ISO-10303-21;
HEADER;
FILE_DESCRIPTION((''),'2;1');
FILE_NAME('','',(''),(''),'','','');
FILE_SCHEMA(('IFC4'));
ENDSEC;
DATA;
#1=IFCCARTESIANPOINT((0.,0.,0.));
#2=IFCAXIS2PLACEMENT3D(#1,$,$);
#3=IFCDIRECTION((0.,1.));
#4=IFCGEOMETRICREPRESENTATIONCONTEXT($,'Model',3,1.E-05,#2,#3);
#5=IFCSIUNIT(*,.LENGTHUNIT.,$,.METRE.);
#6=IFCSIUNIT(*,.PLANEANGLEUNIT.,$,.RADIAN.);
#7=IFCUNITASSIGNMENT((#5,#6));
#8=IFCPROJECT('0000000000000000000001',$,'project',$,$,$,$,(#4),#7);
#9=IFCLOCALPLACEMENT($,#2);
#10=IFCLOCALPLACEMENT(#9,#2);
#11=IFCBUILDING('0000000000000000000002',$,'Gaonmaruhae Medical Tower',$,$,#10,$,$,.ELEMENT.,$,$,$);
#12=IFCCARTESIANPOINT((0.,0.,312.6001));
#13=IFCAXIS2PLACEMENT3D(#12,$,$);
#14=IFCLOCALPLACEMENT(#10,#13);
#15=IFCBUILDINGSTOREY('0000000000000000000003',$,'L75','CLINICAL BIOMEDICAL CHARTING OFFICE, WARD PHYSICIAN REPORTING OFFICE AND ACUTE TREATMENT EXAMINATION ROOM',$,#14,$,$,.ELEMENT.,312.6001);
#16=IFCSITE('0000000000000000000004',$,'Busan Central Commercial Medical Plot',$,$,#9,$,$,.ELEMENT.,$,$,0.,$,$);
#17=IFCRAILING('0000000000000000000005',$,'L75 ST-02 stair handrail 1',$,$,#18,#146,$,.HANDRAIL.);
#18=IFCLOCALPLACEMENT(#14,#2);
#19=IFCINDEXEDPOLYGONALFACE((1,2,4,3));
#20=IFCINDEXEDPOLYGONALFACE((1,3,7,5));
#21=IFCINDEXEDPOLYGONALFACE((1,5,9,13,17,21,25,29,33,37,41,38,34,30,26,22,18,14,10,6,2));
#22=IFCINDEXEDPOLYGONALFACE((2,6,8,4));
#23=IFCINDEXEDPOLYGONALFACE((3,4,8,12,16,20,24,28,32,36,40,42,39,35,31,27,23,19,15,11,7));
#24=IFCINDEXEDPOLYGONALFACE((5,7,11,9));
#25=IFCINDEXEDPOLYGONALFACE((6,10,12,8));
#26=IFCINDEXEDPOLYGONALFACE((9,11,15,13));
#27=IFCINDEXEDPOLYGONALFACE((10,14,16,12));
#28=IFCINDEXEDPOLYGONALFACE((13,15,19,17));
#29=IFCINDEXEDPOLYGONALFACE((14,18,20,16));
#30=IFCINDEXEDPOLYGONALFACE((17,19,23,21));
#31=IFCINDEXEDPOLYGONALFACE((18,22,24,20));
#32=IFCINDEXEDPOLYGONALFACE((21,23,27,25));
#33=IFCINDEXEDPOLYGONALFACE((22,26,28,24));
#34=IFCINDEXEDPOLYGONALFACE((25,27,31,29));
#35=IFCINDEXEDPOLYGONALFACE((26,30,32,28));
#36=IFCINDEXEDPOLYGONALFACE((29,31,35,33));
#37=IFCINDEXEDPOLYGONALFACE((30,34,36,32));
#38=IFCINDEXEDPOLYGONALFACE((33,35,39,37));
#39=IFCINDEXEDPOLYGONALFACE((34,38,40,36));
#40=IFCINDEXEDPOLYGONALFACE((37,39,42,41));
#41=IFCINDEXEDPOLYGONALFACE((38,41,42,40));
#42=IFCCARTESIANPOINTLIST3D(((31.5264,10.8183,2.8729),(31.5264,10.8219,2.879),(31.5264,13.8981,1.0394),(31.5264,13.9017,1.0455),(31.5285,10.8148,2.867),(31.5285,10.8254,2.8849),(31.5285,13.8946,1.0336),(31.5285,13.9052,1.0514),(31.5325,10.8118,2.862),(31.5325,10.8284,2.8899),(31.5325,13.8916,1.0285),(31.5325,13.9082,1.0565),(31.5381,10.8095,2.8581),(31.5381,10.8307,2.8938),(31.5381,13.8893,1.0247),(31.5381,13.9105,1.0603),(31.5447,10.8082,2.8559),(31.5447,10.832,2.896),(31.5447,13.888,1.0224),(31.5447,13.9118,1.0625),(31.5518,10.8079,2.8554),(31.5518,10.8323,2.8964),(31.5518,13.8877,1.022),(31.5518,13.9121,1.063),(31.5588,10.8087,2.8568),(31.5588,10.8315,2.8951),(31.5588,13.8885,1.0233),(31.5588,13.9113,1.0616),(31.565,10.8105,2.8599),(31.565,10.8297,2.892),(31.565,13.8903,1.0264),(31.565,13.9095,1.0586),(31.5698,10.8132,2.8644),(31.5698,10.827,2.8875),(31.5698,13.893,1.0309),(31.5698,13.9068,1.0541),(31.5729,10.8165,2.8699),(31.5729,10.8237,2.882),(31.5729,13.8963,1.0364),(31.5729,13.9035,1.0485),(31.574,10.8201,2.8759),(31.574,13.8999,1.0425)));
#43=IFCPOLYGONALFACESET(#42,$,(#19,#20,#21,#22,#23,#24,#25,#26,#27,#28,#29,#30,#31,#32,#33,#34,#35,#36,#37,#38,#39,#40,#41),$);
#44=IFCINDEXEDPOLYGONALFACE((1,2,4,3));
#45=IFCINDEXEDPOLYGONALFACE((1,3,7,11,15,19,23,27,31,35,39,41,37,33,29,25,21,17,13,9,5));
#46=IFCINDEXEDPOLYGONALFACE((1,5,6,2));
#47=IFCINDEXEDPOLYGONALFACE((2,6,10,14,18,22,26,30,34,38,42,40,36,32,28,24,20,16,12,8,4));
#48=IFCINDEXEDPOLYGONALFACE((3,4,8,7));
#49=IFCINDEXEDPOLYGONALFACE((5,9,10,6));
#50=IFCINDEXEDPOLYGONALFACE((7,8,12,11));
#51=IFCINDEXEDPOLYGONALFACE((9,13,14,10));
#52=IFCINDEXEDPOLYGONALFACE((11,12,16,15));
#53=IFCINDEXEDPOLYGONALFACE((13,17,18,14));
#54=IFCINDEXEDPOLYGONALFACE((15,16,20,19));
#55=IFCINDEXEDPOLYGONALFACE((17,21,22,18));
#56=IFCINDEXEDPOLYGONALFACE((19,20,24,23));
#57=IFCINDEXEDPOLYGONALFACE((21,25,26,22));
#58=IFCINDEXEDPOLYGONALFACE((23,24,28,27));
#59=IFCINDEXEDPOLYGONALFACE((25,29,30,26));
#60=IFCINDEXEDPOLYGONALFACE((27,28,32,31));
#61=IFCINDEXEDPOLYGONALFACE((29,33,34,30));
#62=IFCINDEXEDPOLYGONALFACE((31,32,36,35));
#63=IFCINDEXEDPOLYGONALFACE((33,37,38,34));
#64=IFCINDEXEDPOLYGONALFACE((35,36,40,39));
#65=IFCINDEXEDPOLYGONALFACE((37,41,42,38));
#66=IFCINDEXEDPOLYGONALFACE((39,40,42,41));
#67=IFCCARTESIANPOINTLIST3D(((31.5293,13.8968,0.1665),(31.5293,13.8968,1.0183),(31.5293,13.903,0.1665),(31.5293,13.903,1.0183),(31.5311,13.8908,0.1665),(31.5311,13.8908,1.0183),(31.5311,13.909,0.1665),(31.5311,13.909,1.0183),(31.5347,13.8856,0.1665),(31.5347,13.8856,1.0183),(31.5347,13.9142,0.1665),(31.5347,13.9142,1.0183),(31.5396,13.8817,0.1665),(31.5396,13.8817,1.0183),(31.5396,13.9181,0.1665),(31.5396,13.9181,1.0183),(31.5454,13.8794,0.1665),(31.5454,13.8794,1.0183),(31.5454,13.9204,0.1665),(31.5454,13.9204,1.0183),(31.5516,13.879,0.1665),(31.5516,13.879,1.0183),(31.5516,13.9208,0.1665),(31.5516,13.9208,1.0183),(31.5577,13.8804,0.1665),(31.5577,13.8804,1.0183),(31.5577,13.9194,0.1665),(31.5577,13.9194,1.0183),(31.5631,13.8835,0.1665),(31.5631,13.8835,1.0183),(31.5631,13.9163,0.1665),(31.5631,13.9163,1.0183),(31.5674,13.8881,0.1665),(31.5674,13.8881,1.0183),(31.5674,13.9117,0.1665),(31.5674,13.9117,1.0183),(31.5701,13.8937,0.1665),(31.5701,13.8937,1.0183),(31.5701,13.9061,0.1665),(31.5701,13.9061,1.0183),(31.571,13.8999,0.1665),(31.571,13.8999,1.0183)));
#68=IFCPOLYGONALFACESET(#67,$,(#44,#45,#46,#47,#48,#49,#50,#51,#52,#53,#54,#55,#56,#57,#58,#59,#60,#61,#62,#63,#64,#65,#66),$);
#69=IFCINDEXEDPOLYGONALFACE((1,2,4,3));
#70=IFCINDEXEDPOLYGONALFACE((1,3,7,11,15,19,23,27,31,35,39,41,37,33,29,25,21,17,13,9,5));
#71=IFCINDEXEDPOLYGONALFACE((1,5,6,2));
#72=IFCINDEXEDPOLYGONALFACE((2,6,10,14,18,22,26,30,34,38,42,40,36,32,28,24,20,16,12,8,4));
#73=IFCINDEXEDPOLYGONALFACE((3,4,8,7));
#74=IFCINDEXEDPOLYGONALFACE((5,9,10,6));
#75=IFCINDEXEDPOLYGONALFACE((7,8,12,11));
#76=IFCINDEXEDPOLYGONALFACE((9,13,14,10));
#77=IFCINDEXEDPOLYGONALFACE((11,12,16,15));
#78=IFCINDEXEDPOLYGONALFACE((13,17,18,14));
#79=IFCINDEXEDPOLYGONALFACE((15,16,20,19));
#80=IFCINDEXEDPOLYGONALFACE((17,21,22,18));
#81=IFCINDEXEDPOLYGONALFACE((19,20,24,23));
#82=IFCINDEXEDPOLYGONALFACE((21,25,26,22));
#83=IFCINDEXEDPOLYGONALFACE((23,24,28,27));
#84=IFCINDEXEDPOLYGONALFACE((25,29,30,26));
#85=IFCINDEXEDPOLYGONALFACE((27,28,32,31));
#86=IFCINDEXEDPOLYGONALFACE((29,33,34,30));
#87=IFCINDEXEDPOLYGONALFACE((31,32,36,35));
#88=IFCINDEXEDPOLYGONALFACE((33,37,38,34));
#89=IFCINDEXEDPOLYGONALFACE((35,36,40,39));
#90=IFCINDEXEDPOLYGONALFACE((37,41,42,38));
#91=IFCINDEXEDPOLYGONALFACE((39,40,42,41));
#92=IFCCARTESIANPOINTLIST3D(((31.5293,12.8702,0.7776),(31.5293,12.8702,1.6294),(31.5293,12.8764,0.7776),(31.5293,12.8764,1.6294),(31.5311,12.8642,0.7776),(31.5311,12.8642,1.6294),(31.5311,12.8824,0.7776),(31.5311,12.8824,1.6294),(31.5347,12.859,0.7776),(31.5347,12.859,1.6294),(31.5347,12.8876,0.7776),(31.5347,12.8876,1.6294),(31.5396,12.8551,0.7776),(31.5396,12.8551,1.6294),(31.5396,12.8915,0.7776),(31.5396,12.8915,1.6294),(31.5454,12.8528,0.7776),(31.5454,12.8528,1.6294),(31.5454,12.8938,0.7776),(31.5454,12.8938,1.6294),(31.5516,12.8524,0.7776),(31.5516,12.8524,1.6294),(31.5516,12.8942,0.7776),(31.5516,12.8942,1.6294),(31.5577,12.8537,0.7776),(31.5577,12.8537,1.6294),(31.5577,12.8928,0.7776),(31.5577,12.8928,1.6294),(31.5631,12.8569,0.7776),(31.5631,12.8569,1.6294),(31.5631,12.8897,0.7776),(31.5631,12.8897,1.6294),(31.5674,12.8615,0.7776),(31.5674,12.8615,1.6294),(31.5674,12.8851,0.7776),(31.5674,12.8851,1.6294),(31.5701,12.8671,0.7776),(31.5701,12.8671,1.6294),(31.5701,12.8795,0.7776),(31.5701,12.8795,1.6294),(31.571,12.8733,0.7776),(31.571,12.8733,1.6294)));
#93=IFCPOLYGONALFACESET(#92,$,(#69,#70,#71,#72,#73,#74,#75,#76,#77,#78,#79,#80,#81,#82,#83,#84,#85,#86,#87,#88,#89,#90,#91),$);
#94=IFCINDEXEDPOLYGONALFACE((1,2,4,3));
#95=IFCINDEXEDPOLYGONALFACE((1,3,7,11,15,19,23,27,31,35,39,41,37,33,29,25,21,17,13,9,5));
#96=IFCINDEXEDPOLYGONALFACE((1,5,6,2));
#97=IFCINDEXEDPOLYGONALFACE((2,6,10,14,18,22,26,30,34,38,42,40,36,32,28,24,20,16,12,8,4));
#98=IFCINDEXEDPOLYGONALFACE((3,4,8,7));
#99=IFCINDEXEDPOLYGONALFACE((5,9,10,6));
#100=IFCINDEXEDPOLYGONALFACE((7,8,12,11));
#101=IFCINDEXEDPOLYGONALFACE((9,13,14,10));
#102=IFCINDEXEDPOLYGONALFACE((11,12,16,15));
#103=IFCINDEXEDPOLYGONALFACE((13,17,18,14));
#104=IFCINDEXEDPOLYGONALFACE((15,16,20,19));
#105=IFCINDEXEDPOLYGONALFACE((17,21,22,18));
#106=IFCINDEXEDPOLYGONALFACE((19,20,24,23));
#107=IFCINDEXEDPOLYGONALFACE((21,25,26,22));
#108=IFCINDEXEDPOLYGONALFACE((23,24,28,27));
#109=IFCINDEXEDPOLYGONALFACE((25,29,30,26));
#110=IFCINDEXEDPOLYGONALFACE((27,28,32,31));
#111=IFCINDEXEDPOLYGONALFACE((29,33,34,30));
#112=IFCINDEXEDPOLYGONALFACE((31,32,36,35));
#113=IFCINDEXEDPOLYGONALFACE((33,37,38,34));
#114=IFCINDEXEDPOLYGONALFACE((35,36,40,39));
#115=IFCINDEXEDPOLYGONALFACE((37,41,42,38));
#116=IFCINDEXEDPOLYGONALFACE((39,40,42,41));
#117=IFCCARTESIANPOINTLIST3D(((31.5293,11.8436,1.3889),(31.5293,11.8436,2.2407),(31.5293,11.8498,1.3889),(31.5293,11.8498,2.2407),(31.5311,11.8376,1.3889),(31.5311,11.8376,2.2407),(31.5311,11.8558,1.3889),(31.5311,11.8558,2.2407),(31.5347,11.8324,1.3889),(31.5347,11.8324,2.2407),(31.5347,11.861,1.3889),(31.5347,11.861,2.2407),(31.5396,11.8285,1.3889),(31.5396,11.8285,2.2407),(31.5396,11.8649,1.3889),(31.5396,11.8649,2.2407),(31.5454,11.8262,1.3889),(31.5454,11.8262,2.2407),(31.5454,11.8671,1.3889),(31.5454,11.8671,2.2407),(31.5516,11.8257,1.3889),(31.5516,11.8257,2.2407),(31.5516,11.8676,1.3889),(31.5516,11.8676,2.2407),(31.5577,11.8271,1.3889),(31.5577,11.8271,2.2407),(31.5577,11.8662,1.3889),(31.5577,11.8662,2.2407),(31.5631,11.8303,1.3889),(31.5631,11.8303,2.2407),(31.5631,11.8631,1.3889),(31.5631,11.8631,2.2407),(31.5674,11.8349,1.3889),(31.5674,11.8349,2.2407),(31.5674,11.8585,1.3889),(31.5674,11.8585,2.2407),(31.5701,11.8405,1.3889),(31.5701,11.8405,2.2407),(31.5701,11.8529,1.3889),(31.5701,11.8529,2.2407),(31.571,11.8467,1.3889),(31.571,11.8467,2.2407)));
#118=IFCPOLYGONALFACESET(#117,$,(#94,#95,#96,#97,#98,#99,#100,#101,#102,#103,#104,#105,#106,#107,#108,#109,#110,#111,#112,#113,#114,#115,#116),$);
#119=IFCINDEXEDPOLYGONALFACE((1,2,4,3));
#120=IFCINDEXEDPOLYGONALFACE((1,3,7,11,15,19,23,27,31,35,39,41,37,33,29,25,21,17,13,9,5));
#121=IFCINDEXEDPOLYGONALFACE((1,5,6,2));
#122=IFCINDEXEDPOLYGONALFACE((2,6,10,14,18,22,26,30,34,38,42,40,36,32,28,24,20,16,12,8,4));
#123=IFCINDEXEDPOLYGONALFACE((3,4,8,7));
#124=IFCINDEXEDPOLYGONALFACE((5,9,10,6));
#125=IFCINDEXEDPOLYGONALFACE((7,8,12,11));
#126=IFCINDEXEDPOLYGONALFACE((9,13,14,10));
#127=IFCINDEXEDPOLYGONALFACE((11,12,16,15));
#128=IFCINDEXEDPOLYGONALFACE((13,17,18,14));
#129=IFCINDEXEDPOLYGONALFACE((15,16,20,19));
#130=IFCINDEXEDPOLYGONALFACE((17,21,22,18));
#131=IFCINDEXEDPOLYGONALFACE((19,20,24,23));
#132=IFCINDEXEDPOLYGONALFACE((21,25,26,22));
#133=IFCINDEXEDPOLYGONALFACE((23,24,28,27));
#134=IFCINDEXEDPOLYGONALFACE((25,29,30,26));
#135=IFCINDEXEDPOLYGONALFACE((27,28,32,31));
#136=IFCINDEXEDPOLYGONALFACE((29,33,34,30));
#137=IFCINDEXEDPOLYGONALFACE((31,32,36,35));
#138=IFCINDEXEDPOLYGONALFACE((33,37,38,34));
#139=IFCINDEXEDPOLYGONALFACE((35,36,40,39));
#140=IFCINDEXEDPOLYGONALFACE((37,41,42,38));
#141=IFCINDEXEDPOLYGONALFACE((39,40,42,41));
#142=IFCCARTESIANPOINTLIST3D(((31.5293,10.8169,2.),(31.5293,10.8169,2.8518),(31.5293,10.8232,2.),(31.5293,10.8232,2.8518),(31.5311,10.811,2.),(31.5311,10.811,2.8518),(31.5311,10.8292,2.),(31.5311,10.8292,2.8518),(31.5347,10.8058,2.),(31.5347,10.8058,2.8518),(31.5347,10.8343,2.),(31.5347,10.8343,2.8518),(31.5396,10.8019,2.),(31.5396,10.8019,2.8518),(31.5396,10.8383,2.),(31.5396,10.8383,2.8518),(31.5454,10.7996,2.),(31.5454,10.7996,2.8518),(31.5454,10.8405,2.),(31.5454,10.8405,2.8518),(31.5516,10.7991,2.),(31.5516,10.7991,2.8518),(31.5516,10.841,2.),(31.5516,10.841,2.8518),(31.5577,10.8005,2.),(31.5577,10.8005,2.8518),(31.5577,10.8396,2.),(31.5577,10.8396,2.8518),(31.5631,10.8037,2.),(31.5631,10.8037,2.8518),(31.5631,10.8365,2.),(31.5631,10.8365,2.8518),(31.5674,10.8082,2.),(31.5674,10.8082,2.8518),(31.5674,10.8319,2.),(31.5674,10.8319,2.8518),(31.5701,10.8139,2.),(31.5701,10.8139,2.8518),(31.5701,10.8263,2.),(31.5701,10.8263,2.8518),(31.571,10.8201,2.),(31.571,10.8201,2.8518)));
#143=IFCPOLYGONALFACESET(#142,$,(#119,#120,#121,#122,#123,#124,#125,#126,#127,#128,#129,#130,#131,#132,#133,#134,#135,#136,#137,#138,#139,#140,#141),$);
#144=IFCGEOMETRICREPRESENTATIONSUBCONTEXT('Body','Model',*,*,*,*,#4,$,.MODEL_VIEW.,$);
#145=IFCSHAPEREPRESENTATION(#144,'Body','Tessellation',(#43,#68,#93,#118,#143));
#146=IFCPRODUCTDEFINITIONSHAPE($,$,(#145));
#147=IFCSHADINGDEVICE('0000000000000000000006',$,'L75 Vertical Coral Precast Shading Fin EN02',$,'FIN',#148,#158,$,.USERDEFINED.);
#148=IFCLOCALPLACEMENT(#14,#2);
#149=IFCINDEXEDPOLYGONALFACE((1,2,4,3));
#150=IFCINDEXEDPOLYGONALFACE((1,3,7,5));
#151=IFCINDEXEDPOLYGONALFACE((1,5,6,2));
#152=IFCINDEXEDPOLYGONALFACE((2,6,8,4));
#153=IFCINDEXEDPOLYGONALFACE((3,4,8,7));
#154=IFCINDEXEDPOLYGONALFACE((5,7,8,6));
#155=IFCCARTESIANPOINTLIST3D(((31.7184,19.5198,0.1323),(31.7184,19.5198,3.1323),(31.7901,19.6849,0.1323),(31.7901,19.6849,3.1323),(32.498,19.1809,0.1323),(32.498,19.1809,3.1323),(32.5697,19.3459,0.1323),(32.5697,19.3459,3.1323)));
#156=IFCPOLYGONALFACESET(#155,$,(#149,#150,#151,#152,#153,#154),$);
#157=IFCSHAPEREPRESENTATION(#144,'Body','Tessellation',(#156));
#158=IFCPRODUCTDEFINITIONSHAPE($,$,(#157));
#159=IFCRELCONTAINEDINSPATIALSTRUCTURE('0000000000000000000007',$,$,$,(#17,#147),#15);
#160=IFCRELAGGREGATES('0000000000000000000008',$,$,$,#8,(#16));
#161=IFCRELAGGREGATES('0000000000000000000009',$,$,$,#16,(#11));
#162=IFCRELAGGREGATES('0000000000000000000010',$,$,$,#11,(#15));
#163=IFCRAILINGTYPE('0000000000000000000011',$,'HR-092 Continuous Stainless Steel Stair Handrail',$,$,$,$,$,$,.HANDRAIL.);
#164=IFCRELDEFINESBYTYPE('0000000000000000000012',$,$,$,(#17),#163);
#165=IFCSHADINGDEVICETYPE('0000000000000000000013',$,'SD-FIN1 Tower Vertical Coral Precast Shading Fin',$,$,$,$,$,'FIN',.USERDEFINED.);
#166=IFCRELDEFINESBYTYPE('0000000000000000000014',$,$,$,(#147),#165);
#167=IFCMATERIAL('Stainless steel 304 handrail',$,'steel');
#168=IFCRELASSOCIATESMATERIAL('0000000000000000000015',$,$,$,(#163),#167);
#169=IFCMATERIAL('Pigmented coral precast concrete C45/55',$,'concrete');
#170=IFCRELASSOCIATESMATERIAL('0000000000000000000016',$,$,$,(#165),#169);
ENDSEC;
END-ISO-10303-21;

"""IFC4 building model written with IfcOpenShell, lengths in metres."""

from ifc_helpers import new_model, si_unit, direction, frame, origin, origin_2d, place, context, subcontext, project, spatial, rectangle, circle, extrude, material, type_object, element, save


model = new_model("IFC4")

# Units and contexts
model_context = context("Model", 3, precision=1e-05, world=origin(), true_north=direction((0.0, 1.0)))
body_context = subcontext(model_context, "Body", "Model", "MODEL_VIEW")
ifc_project = project(units=[si_unit("LENGTHUNIT", "METRE"), si_unit("PLANEANGLEUNIT", "RADIAN")], contexts=[model_context])

# Site, building, storey
site_placement = place(None, origin())
site = spatial("IfcSite", under=ifc_project, at=site_placement, Name="Busan Central Commercial Medical Plot", CompositionType="ELEMENT", RefElevation=0.0)
building_placement = place(site_placement, origin())
building = spatial("IfcBuilding", under=site, at=building_placement, Name="Gaonmaruhae Medical Tower", CompositionType="ELEMENT")
storey_placement = place(building_placement, frame((0.0, 0.0, 312.6001)))
storey = spatial("IfcBuildingStorey", under=building, at=storey_placement, Name="L75", Description="CLINICAL BIOMEDICAL CHARTING OFFICE, WARD PHYSICIAN REPORTING OFFICE AND ACUTE TREATMENT EXAMINATION ROOM", CompositionType="ELEMENT", Elevation=312.6001)

# Railing
ifc_material_1 = material(Name="Stainless steel 304 handrail", Category="steel")
railing_type_1 = type_object("IfcRailingType", Name="HR-092 Continuous Stainless Steel Stair Handrail", PredefinedType="HANDRAIL", material=ifc_material_1)
railing_1_placement = place(storey_placement, frame((31.55, 13.8999, 0.1665)))
element("IfcRailing", 1, at=railing_1_placement, inside=storey, type_object=railing_type_1, Name="L75 ST-02 stair handrail 1", PredefinedType="HANDRAIL", context=body_context, shape_type="SweptSolid", body=[
    extrude(circle(Radius=0.0239, at=origin_2d()), frame((0.0, 0.0, 0.876), z_axis=(0.0, -0.859261, 0.511538), x_axis=(1.0, 0.0, 0.0)), (0.0, 0.0, 1.0), 3.5842),
    extrude(circle(Radius=0.021, at=origin_2d()), origin(), (0.0, 0.0, 1.0), 0.8518),
    extrude(circle(Radius=0.021, at=origin_2d()), frame((0.0, -1.0266, 0.6111)), (0.0, 0.0, 1.0), 0.8518),
    extrude(circle(Radius=0.021, at=origin_2d()), frame((0.0, -2.0532, 1.2224)), (0.0, 0.0, 1.0), 0.8518),
    extrude(circle(Radius=0.021, at=origin_2d()), frame((0.0, -3.0798, 1.8335)), (0.0, 0.0, 1.0), 0.8518),
])

# Shading device
ifc_material_2 = material(Name="Pigmented coral precast concrete C45/55", Category="concrete")
shading_device_type = type_object("IfcShadingDeviceType", Name="SD-FIN1 Tower Vertical Coral Precast Shading Fin", ElementType="FIN", PredefinedType="USERDEFINED", material=ifc_material_2)
shading_device_placement = place(storey_placement, frame((32.144, 19.4329, 0.1323), z_axis=(0.0, 0.0, 1.0), x_axis=(0.398749, 0.91706, 0.0)))
element("IfcShadingDevice", 2, at=shading_device_placement, inside=storey, type_object=shading_device_type, Name="L75 Vertical Coral Precast Shading Fin EN02", ObjectType="FIN", PredefinedType="USERDEFINED", context=body_context, shape_type="SweptSolid", body=[
    extrude(rectangle(XDim=0.1799, YDim=0.8501, at=origin_2d()), origin(), (0.0, 0.0, 1.0), 3.0),
])

save(model, "model.ifc")
